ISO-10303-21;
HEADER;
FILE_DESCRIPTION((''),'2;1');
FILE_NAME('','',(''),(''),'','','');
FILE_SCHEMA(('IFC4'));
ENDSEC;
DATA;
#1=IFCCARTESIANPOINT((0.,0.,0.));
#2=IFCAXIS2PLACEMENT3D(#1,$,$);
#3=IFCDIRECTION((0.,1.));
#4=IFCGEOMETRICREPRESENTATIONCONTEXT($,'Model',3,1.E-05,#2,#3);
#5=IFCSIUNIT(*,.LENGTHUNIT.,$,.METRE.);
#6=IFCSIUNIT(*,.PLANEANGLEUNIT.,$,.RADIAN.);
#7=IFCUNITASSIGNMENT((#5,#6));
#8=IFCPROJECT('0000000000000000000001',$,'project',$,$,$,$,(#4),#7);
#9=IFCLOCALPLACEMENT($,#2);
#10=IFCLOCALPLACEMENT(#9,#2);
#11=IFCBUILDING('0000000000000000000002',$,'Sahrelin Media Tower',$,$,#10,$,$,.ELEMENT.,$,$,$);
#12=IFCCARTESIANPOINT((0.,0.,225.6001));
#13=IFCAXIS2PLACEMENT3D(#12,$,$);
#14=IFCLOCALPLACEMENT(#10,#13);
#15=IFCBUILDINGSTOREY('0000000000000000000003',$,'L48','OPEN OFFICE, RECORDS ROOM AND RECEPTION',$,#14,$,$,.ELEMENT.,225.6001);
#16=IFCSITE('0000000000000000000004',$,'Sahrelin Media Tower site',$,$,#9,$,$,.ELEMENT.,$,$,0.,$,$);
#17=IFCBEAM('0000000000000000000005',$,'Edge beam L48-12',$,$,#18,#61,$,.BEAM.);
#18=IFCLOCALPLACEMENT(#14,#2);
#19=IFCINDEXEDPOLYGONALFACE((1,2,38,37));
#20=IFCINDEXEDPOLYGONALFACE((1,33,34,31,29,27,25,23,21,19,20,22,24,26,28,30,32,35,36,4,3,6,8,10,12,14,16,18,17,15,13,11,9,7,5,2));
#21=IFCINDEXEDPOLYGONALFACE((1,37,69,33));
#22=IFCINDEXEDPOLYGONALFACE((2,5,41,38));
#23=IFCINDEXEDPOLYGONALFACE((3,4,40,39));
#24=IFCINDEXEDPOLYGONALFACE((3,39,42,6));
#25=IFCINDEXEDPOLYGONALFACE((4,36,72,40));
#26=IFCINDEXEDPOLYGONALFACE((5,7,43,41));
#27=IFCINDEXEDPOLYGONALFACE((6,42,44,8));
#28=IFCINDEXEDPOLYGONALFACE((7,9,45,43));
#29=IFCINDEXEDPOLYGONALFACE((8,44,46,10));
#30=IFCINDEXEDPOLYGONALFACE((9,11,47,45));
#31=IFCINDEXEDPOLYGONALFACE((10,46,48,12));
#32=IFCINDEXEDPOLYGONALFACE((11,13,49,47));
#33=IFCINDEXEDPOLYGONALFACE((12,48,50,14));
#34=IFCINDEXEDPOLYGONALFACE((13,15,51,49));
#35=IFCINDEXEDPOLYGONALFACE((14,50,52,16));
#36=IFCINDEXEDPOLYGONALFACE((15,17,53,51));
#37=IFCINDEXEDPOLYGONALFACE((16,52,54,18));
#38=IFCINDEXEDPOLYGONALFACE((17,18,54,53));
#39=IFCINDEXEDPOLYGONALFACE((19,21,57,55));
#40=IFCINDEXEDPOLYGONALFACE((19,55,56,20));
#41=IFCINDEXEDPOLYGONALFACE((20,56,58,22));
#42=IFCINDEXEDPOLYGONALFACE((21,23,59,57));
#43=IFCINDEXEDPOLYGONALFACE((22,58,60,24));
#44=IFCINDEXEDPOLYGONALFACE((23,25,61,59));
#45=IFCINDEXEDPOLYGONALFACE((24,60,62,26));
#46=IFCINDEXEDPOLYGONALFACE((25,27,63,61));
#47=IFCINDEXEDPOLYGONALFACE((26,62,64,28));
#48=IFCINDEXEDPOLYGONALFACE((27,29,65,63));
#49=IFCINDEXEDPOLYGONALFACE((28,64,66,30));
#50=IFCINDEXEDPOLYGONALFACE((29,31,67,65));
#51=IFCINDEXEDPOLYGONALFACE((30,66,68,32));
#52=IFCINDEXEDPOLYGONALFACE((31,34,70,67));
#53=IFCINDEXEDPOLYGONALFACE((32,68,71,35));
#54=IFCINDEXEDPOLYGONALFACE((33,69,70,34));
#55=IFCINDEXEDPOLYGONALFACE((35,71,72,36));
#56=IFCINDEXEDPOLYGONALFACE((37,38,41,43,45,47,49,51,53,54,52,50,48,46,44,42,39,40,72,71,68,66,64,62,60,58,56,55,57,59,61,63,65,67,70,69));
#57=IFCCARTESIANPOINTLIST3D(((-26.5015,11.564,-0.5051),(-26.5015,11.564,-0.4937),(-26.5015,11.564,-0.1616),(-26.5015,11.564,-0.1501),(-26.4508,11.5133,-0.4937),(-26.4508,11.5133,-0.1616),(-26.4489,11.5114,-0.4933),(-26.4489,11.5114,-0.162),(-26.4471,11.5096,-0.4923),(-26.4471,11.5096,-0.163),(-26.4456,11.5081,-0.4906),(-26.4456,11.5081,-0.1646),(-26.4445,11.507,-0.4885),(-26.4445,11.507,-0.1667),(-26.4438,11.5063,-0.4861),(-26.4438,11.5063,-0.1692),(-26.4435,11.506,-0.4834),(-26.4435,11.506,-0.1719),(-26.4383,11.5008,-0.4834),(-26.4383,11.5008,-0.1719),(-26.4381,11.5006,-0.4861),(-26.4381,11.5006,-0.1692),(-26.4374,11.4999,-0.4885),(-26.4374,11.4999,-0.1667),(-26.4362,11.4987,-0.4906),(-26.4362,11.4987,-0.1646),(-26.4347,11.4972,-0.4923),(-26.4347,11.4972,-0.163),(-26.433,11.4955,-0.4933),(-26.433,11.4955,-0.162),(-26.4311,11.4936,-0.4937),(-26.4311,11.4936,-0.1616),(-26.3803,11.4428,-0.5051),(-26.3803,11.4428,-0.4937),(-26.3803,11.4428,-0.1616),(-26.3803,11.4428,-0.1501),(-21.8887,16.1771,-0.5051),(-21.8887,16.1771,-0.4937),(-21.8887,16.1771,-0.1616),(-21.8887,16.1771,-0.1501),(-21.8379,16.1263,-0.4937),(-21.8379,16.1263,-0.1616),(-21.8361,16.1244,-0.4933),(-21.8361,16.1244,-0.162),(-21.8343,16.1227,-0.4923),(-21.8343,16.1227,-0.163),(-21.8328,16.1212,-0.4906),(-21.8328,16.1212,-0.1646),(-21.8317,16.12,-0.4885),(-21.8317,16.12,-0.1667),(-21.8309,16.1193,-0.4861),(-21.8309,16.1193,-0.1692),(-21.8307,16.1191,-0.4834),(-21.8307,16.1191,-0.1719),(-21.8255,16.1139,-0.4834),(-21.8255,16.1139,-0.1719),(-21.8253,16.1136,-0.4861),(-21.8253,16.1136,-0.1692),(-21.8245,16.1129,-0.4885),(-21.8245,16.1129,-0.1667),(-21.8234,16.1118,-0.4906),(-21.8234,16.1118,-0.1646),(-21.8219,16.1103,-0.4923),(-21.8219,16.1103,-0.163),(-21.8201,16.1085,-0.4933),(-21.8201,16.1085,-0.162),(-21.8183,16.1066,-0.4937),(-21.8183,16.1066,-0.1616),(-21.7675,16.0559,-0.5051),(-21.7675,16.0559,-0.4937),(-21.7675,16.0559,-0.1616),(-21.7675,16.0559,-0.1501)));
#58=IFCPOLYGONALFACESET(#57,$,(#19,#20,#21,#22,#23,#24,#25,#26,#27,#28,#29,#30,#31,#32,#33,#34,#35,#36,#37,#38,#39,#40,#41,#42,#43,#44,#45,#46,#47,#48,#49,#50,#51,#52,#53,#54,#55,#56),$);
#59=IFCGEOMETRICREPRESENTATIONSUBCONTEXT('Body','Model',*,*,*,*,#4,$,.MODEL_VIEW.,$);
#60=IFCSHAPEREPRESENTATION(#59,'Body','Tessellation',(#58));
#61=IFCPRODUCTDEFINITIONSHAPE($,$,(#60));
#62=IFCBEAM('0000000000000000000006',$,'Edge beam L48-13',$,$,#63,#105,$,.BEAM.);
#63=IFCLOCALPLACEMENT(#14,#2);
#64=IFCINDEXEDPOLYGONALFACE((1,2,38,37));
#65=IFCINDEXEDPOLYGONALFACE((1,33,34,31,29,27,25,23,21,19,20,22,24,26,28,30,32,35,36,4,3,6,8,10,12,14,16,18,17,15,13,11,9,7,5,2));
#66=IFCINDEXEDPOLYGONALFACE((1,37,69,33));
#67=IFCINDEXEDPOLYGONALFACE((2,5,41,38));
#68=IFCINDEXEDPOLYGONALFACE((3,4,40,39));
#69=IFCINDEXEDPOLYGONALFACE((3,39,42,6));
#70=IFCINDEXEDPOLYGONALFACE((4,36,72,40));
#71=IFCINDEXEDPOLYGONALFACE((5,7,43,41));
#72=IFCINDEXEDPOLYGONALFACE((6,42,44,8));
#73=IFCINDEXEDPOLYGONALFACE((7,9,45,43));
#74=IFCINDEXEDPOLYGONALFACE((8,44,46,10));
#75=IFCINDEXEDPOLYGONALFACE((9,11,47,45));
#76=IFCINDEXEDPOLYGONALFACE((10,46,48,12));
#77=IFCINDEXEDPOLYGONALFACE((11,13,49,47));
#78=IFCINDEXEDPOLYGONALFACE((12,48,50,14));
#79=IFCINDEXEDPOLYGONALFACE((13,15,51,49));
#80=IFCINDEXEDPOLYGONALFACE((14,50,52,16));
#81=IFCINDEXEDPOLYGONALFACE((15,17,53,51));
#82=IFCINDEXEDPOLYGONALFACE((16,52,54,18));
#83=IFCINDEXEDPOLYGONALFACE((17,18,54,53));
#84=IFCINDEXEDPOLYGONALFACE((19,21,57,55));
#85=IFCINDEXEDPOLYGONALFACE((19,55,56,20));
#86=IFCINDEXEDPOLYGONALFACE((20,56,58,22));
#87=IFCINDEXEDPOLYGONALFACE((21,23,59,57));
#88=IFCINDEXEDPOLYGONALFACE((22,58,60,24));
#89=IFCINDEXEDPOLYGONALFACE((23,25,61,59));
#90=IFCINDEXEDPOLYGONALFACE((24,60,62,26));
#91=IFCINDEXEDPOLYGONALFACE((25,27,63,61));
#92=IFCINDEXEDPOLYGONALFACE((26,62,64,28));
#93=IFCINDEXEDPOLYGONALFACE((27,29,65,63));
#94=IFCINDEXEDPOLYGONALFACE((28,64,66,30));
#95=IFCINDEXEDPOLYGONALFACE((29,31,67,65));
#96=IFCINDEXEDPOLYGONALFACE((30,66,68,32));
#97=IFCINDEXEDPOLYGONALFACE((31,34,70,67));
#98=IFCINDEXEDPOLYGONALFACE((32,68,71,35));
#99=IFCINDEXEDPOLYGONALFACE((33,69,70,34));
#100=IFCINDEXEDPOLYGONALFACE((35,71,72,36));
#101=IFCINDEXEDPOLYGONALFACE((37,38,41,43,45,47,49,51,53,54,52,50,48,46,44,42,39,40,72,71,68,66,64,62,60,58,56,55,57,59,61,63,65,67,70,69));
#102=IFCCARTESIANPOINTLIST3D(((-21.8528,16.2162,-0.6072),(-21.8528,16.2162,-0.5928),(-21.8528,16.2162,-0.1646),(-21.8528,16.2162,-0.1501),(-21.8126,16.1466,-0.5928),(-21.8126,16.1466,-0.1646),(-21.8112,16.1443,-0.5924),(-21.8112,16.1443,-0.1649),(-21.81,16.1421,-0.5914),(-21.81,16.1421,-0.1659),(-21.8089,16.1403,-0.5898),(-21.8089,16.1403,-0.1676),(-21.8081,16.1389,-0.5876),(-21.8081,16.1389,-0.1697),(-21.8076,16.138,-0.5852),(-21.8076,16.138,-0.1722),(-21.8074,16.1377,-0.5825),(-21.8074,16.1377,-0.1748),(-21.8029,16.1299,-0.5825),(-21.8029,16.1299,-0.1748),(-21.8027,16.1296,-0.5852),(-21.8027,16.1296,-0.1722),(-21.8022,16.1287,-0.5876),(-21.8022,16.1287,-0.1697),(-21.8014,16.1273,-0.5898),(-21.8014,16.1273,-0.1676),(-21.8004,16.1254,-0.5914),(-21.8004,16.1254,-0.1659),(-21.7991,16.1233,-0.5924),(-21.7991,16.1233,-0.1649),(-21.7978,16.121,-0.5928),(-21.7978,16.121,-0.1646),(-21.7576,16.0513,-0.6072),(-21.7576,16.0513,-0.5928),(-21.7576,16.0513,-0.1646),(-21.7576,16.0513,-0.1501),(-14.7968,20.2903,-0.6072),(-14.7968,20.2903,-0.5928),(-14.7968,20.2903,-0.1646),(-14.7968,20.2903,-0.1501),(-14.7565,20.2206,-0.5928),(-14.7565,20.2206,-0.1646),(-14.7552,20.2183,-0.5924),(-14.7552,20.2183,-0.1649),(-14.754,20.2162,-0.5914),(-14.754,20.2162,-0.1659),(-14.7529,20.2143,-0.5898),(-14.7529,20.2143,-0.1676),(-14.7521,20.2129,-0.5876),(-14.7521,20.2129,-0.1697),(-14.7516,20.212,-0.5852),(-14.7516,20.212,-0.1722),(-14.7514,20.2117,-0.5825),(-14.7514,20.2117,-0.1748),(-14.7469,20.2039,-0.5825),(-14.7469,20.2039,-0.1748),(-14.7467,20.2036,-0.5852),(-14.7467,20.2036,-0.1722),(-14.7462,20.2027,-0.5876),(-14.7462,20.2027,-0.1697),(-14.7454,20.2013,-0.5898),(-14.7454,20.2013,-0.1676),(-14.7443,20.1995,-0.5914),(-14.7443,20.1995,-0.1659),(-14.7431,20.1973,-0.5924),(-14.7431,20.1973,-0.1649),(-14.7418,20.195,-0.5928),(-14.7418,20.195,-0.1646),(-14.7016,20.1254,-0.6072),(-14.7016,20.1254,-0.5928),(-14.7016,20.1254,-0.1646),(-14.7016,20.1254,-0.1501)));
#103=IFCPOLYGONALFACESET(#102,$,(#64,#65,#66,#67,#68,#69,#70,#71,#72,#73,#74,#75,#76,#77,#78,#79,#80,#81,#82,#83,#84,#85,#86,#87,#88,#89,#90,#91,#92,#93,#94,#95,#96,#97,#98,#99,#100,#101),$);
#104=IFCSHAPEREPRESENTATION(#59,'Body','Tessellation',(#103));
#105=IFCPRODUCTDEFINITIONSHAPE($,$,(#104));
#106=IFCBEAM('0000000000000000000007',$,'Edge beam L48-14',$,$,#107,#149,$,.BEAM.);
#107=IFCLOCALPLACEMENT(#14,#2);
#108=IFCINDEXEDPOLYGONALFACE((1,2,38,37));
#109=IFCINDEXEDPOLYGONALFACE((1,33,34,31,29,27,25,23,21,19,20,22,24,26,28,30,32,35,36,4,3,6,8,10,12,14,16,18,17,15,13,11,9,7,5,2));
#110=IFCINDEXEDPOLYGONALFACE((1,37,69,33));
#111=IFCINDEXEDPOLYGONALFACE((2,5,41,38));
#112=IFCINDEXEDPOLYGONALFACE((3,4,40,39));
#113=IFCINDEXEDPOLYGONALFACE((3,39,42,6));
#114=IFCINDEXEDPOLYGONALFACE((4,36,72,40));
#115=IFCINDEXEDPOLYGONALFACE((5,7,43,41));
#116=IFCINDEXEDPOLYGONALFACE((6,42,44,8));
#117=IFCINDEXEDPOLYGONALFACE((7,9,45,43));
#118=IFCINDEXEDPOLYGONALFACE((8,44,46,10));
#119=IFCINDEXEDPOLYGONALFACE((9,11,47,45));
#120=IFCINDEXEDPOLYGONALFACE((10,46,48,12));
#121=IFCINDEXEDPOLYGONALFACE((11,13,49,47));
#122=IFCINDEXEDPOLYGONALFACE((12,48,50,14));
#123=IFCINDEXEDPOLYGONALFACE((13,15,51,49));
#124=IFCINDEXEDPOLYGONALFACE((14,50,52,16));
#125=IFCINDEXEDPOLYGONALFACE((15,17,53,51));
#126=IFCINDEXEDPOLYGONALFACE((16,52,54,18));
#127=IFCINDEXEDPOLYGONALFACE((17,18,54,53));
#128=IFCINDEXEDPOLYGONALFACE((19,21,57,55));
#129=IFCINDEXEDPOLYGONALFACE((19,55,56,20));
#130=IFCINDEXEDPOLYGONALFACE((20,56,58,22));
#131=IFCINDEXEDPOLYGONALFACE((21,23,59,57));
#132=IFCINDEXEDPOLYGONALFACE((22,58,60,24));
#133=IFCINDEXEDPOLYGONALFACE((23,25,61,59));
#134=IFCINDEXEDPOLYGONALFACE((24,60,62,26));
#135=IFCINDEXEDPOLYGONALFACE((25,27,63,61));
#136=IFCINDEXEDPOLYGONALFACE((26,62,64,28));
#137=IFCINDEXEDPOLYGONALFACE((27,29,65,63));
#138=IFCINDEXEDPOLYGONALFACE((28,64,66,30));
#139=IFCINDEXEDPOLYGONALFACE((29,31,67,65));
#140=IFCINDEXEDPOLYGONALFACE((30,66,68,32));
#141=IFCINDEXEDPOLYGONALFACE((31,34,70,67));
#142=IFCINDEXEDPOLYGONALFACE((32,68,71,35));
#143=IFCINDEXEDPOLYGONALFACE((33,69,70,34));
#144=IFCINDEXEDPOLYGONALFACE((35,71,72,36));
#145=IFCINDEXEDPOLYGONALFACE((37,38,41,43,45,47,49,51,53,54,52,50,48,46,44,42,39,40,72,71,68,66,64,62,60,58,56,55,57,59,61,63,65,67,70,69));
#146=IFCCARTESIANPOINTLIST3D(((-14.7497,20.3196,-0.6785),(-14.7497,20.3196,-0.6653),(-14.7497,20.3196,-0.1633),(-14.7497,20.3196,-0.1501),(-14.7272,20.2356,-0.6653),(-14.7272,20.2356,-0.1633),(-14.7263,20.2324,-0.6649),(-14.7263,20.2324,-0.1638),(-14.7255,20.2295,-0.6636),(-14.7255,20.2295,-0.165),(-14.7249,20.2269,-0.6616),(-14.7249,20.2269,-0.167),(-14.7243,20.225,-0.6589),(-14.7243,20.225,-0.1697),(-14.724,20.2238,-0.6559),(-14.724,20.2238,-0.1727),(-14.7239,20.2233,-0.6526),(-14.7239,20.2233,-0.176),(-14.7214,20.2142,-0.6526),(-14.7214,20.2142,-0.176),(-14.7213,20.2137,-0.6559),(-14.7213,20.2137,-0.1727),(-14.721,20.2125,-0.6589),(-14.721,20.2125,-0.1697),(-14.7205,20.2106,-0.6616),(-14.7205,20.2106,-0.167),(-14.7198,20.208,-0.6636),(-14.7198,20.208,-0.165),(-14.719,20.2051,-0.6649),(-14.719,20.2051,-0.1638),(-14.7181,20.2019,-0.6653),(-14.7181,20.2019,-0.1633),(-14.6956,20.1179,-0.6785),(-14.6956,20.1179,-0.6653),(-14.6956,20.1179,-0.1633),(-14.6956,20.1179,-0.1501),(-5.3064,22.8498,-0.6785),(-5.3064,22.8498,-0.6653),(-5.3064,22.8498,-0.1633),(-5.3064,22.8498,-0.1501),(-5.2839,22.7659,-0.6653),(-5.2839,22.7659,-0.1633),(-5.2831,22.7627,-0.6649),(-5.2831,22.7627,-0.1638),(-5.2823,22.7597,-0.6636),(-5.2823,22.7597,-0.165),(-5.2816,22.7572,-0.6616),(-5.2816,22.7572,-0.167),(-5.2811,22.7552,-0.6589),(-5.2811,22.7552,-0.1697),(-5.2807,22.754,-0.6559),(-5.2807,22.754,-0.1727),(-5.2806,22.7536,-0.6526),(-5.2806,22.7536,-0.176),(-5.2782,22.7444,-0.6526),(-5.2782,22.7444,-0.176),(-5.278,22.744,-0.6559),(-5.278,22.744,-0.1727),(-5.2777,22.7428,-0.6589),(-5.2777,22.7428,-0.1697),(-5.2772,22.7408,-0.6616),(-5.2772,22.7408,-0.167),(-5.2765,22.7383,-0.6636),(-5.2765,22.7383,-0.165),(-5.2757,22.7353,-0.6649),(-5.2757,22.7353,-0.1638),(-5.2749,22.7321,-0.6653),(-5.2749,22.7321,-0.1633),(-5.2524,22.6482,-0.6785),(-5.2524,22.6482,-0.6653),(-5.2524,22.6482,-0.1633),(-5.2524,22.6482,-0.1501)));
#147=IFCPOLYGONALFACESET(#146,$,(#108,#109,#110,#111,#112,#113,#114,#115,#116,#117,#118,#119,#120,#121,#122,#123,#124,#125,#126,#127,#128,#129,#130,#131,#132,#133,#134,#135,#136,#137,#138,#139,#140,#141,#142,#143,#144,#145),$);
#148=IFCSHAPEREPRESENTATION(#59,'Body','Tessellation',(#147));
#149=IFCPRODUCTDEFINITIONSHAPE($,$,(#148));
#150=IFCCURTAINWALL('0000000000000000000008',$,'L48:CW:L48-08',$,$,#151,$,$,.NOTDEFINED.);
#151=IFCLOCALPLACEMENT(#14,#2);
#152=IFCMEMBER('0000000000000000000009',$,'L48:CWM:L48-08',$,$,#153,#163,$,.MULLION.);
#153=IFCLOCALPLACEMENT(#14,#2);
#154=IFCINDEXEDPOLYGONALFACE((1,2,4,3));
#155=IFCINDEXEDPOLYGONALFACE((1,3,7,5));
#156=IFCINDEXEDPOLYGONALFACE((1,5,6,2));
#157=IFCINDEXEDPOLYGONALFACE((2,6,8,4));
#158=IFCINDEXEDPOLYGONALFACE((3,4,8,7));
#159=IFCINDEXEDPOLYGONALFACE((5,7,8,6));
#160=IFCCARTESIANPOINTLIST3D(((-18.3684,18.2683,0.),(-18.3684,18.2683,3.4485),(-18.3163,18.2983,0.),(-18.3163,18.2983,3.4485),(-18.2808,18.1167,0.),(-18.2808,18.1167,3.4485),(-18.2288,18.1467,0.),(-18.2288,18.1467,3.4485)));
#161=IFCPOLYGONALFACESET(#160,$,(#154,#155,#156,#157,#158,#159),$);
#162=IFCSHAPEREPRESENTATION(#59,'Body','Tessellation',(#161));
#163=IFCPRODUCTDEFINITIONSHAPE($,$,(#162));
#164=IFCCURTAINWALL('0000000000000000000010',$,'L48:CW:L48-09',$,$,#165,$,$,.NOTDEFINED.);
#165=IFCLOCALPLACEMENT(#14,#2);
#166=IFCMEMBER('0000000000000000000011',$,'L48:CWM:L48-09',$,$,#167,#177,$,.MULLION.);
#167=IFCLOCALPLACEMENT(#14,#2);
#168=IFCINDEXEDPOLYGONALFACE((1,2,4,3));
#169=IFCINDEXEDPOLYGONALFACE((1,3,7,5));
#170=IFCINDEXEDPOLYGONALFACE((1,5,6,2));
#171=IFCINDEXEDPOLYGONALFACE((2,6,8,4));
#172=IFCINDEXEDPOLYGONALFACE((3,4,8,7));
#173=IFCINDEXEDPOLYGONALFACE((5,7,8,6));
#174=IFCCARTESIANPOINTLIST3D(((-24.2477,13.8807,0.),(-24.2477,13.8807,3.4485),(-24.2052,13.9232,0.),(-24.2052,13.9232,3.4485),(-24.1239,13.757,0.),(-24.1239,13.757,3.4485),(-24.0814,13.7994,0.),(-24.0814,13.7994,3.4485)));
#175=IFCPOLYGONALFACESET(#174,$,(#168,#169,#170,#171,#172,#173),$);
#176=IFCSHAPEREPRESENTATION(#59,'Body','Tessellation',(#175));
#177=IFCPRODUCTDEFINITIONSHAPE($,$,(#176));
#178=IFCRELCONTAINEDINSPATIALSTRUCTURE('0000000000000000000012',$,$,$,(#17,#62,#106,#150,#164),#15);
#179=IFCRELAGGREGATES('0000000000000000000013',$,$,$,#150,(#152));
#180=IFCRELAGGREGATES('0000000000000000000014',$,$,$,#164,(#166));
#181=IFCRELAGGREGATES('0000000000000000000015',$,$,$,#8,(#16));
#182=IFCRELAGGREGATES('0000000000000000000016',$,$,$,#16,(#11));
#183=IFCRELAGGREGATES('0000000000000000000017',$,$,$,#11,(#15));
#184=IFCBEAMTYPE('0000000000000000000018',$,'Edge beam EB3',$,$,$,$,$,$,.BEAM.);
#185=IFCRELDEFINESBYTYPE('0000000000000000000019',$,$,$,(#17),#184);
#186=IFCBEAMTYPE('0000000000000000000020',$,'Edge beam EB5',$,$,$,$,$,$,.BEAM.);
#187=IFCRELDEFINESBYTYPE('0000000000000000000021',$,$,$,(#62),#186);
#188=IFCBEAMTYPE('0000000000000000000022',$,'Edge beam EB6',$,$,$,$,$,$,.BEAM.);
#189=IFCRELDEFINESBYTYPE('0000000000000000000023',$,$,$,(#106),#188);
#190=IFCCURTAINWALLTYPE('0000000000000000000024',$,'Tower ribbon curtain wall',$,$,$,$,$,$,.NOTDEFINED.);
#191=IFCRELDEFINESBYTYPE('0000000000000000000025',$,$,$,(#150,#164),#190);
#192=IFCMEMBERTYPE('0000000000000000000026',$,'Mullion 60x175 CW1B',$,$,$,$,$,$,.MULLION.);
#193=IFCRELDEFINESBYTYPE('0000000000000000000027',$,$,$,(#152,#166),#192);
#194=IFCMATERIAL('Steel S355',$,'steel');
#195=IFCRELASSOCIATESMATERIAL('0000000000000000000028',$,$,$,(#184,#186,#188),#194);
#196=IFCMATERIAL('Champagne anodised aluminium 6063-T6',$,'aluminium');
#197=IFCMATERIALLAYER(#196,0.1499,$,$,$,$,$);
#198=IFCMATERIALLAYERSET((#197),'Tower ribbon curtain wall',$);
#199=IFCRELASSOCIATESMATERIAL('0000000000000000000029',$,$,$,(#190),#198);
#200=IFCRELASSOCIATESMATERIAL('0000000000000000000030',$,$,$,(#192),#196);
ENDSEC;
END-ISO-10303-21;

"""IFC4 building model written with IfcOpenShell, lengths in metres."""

from ifc_helpers import new_model, si_unit, direction, frame, origin, origin_2d, place, context, subcontext, project, spatial, rectangle, i_section, extrude, material, layer, layer_set, material_profile, profile_set, type_object, element, aggregate, save


model = new_model("IFC4")

# Units and contexts
model_context = context("Model", 3, precision=1e-05, world=origin(), true_north=direction((0.0, 1.0)))
body_context = subcontext(model_context, "Body", "Model", "MODEL_VIEW")
ifc_project = project(units=[si_unit("LENGTHUNIT", "METRE"), si_unit("PLANEANGLEUNIT", "RADIAN")], contexts=[model_context])

# Site, building, storey
site_placement = place(None, origin())
site = spatial("IfcSite", under=ifc_project, at=site_placement, Name="Sahrelin Media Tower site", CompositionType="ELEMENT", RefElevation=0.0)
building_placement = place(site_placement, origin())
building = spatial("IfcBuilding", under=site, at=building_placement, Name="Sahrelin Media Tower", CompositionType="ELEMENT")
storey_placement = place(building_placement, frame((0.0, 0.0, 225.6001)))
storey = spatial("IfcBuildingStorey", under=building, at=storey_placement, Name="L48", Description="OPEN OFFICE, RECORDS ROOM AND RECEPTION", CompositionType="ELEMENT", Elevation=225.6001)

# Beams
ifc_material_1 = material(Name="Steel S355", Category="steel")
ifc_material_profile_1 = material_profile(ifc_material_1, i_section(OverallWidth=0.1714, OverallDepth=0.355, WebThickness=0.0073, FlangeThickness=0.0115, FilletRadius=0.0103, at=origin_2d()), Name="UB 356x171x51")
ifc_profile_set_1 = profile_set([ifc_material_profile_1], Name="Steel S355")
beam_type_1 = type_object("IfcBeamType", Name="Edge beam EB3", PredefinedType="BEAM", material=ifc_profile_set_1)
beam_1_placement = place(storey_placement, frame((-26.4409, 11.5034, -0.3276), z_axis=(0.707088, 0.707125, 0.0), x_axis=(-0.707125, 0.707088, 0.0)))
element("IfcBeam", 1, at=beam_1_placement, inside=storey, type_object=beam_type_1, Name="Edge beam L48-12", PredefinedType="BEAM", context=body_context, shape_type="SweptSolid", body=[
    extrude(i_section(OverallWidth=0.1714, OverallDepth=0.355, WebThickness=0.0073, FlangeThickness=0.0115, FilletRadius=0.0103, at=origin_2d()), origin(), (0.0, 0.0, 1.0), 6.5237),
])
ifc_material_profile_2 = material_profile(ifc_material_1, i_section(OverallWidth=0.1904, OverallDepth=0.457, WebThickness=0.009, FlangeThickness=0.0144, FilletRadius=0.0103, at=origin_2d()), Name="UB 457x191x74")
ifc_profile_set_2 = profile_set([ifc_material_profile_2], Name="Steel S355")
beam_type_2 = type_object("IfcBeamType", Name="Edge beam EB5", PredefinedType="BEAM", material=ifc_profile_set_2)
beam_2_placement = place(storey_placement, frame((-21.8052, 16.1338, -0.3787), z_axis=(0.866012, 0.500022, 0.0), x_axis=(-0.500022, 0.866012, 0.0)))
element("IfcBeam", 2, at=beam_2_placement, inside=storey, type_object=beam_type_2, Name="Edge beam L48-13", PredefinedType="BEAM", context=body_context, shape_type="SweptSolid", body=[
    extrude(i_section(OverallWidth=0.1904, OverallDepth=0.457, WebThickness=0.009, FlangeThickness=0.0144, FilletRadius=0.0103, at=origin_2d()), origin(), (0.0, 0.0, 1.0), 8.1477),
])
ifc_material_profile_3 = material_profile(ifc_material_1, i_section(OverallWidth=0.2087, OverallDepth=0.5283, WebThickness=0.0095, FlangeThickness=0.0132, FilletRadius=0.0127, at=origin_2d()), Name="UB 533x210x82")
ifc_profile_set_3 = profile_set([ifc_material_profile_3], Name="Steel S355")
beam_type_3 = type_object("IfcBeamType", Name="Edge beam EB6", PredefinedType="BEAM", material=ifc_profile_set_3)
beam_3_placement = place(storey_placement, frame((-14.7227, 20.2188, -0.4143), z_axis=(0.965928, 0.258813, 0.0), x_axis=(-0.258813, 0.965928, 0.0)))
element("IfcBeam", 3, at=beam_3_placement, inside=storey, type_object=beam_type_3, Name="Edge beam L48-14", PredefinedType="BEAM", context=body_context, shape_type="SweptSolid", body=[
    extrude(i_section(OverallWidth=0.2087, OverallDepth=0.5283, WebThickness=0.0095, FlangeThickness=0.0132, FilletRadius=0.0127, at=origin_2d()), origin(), (0.0, 0.0, 1.0), 9.7764),
])

# Curtain walls, members
ifc_material_2 = material(Name="Champagne anodised aluminium 6063-T6", Category="aluminium")
ifc_layer_1 = layer(ifc_material_2, 0.1499)
ifc_layer_set_1 = layer_set([ifc_layer_1], Name="Tower ribbon curtain wall")
curtain_wall_type = type_object("IfcCurtainWallType", Name="Tower ribbon curtain wall", PredefinedType="NOTDEFINED", material=ifc_layer_set_1)
curtain_wall_1_placement = place(storey_placement, frame((-18.3523, 18.3008, 0.0), z_axis=(0.0, 0.0, 1.0), x_axis=(1.0, 0.0, 0.0)))
curtain_wall_1 = element("IfcCurtainWall", 4, at=curtain_wall_1_placement, inside=storey, type_object=curtain_wall_type, Name="L48:CW:L48-08", PredefinedType="NOTDEFINED")
ifc_material_profile_4 = material_profile(ifc_material_2, rectangle(XDim=0.0601, YDim=0.175, at=origin_2d()), Name="Mullion 60x175")
ifc_profile_set_4 = profile_set([ifc_material_profile_4], Name="Champagne anodised aluminium 6063-T6")
member_type_1 = type_object("IfcMemberType", Name="Mullion 60x175 CW1B", PredefinedType="MULLION", material=ifc_profile_set_4)
member_1_placement = place(storey_placement, frame((-18.2986, 18.2075, 0.0), z_axis=(0.0, 0.0, 1.0), x_axis=(-0.866026, -0.499998, 0.0)))
member_1 = element("IfcMember", 5, at=member_1_placement, type_object=member_type_1, Name="L48:CWM:L48-08", PredefinedType="MULLION", context=body_context, shape_type="SweptSolid", body=[
    extrude(rectangle(XDim=0.0601, YDim=0.175, at=origin_2d()), origin(), (0.0, 0.0, 1.0), 3.4485),
])
curtain_wall_2_placement = place(storey_placement, frame((-24.2405, 13.916, 0.0), z_axis=(0.0, 0.0, 1.0), x_axis=(1.0, 0.0, 0.0)))
curtain_wall_2 = element("IfcCurtainWall", 6, at=curtain_wall_2_placement, inside=storey, type_object=curtain_wall_type, Name="L48:CW:L48-09", PredefinedType="NOTDEFINED")
member_2_placement = place(storey_placement, frame((-24.1646, 13.8401, 0.0), z_axis=(0.0, 0.0, 1.0), x_axis=(-0.707107, -0.707107, 0.0)))
member_2 = element("IfcMember", 7, at=member_2_placement, type_object=member_type_1, Name="L48:CWM:L48-09", PredefinedType="MULLION", context=body_context, shape_type="SweptSolid", body=[
    extrude(rectangle(XDim=0.0601, YDim=0.175, at=origin_2d()), origin(), (0.0, 0.0, 1.0), 3.4485),
])

aggregate(curtain_wall_1, [member_1])
aggregate(curtain_wall_2, [member_2])

save(model, "model.ifc")
